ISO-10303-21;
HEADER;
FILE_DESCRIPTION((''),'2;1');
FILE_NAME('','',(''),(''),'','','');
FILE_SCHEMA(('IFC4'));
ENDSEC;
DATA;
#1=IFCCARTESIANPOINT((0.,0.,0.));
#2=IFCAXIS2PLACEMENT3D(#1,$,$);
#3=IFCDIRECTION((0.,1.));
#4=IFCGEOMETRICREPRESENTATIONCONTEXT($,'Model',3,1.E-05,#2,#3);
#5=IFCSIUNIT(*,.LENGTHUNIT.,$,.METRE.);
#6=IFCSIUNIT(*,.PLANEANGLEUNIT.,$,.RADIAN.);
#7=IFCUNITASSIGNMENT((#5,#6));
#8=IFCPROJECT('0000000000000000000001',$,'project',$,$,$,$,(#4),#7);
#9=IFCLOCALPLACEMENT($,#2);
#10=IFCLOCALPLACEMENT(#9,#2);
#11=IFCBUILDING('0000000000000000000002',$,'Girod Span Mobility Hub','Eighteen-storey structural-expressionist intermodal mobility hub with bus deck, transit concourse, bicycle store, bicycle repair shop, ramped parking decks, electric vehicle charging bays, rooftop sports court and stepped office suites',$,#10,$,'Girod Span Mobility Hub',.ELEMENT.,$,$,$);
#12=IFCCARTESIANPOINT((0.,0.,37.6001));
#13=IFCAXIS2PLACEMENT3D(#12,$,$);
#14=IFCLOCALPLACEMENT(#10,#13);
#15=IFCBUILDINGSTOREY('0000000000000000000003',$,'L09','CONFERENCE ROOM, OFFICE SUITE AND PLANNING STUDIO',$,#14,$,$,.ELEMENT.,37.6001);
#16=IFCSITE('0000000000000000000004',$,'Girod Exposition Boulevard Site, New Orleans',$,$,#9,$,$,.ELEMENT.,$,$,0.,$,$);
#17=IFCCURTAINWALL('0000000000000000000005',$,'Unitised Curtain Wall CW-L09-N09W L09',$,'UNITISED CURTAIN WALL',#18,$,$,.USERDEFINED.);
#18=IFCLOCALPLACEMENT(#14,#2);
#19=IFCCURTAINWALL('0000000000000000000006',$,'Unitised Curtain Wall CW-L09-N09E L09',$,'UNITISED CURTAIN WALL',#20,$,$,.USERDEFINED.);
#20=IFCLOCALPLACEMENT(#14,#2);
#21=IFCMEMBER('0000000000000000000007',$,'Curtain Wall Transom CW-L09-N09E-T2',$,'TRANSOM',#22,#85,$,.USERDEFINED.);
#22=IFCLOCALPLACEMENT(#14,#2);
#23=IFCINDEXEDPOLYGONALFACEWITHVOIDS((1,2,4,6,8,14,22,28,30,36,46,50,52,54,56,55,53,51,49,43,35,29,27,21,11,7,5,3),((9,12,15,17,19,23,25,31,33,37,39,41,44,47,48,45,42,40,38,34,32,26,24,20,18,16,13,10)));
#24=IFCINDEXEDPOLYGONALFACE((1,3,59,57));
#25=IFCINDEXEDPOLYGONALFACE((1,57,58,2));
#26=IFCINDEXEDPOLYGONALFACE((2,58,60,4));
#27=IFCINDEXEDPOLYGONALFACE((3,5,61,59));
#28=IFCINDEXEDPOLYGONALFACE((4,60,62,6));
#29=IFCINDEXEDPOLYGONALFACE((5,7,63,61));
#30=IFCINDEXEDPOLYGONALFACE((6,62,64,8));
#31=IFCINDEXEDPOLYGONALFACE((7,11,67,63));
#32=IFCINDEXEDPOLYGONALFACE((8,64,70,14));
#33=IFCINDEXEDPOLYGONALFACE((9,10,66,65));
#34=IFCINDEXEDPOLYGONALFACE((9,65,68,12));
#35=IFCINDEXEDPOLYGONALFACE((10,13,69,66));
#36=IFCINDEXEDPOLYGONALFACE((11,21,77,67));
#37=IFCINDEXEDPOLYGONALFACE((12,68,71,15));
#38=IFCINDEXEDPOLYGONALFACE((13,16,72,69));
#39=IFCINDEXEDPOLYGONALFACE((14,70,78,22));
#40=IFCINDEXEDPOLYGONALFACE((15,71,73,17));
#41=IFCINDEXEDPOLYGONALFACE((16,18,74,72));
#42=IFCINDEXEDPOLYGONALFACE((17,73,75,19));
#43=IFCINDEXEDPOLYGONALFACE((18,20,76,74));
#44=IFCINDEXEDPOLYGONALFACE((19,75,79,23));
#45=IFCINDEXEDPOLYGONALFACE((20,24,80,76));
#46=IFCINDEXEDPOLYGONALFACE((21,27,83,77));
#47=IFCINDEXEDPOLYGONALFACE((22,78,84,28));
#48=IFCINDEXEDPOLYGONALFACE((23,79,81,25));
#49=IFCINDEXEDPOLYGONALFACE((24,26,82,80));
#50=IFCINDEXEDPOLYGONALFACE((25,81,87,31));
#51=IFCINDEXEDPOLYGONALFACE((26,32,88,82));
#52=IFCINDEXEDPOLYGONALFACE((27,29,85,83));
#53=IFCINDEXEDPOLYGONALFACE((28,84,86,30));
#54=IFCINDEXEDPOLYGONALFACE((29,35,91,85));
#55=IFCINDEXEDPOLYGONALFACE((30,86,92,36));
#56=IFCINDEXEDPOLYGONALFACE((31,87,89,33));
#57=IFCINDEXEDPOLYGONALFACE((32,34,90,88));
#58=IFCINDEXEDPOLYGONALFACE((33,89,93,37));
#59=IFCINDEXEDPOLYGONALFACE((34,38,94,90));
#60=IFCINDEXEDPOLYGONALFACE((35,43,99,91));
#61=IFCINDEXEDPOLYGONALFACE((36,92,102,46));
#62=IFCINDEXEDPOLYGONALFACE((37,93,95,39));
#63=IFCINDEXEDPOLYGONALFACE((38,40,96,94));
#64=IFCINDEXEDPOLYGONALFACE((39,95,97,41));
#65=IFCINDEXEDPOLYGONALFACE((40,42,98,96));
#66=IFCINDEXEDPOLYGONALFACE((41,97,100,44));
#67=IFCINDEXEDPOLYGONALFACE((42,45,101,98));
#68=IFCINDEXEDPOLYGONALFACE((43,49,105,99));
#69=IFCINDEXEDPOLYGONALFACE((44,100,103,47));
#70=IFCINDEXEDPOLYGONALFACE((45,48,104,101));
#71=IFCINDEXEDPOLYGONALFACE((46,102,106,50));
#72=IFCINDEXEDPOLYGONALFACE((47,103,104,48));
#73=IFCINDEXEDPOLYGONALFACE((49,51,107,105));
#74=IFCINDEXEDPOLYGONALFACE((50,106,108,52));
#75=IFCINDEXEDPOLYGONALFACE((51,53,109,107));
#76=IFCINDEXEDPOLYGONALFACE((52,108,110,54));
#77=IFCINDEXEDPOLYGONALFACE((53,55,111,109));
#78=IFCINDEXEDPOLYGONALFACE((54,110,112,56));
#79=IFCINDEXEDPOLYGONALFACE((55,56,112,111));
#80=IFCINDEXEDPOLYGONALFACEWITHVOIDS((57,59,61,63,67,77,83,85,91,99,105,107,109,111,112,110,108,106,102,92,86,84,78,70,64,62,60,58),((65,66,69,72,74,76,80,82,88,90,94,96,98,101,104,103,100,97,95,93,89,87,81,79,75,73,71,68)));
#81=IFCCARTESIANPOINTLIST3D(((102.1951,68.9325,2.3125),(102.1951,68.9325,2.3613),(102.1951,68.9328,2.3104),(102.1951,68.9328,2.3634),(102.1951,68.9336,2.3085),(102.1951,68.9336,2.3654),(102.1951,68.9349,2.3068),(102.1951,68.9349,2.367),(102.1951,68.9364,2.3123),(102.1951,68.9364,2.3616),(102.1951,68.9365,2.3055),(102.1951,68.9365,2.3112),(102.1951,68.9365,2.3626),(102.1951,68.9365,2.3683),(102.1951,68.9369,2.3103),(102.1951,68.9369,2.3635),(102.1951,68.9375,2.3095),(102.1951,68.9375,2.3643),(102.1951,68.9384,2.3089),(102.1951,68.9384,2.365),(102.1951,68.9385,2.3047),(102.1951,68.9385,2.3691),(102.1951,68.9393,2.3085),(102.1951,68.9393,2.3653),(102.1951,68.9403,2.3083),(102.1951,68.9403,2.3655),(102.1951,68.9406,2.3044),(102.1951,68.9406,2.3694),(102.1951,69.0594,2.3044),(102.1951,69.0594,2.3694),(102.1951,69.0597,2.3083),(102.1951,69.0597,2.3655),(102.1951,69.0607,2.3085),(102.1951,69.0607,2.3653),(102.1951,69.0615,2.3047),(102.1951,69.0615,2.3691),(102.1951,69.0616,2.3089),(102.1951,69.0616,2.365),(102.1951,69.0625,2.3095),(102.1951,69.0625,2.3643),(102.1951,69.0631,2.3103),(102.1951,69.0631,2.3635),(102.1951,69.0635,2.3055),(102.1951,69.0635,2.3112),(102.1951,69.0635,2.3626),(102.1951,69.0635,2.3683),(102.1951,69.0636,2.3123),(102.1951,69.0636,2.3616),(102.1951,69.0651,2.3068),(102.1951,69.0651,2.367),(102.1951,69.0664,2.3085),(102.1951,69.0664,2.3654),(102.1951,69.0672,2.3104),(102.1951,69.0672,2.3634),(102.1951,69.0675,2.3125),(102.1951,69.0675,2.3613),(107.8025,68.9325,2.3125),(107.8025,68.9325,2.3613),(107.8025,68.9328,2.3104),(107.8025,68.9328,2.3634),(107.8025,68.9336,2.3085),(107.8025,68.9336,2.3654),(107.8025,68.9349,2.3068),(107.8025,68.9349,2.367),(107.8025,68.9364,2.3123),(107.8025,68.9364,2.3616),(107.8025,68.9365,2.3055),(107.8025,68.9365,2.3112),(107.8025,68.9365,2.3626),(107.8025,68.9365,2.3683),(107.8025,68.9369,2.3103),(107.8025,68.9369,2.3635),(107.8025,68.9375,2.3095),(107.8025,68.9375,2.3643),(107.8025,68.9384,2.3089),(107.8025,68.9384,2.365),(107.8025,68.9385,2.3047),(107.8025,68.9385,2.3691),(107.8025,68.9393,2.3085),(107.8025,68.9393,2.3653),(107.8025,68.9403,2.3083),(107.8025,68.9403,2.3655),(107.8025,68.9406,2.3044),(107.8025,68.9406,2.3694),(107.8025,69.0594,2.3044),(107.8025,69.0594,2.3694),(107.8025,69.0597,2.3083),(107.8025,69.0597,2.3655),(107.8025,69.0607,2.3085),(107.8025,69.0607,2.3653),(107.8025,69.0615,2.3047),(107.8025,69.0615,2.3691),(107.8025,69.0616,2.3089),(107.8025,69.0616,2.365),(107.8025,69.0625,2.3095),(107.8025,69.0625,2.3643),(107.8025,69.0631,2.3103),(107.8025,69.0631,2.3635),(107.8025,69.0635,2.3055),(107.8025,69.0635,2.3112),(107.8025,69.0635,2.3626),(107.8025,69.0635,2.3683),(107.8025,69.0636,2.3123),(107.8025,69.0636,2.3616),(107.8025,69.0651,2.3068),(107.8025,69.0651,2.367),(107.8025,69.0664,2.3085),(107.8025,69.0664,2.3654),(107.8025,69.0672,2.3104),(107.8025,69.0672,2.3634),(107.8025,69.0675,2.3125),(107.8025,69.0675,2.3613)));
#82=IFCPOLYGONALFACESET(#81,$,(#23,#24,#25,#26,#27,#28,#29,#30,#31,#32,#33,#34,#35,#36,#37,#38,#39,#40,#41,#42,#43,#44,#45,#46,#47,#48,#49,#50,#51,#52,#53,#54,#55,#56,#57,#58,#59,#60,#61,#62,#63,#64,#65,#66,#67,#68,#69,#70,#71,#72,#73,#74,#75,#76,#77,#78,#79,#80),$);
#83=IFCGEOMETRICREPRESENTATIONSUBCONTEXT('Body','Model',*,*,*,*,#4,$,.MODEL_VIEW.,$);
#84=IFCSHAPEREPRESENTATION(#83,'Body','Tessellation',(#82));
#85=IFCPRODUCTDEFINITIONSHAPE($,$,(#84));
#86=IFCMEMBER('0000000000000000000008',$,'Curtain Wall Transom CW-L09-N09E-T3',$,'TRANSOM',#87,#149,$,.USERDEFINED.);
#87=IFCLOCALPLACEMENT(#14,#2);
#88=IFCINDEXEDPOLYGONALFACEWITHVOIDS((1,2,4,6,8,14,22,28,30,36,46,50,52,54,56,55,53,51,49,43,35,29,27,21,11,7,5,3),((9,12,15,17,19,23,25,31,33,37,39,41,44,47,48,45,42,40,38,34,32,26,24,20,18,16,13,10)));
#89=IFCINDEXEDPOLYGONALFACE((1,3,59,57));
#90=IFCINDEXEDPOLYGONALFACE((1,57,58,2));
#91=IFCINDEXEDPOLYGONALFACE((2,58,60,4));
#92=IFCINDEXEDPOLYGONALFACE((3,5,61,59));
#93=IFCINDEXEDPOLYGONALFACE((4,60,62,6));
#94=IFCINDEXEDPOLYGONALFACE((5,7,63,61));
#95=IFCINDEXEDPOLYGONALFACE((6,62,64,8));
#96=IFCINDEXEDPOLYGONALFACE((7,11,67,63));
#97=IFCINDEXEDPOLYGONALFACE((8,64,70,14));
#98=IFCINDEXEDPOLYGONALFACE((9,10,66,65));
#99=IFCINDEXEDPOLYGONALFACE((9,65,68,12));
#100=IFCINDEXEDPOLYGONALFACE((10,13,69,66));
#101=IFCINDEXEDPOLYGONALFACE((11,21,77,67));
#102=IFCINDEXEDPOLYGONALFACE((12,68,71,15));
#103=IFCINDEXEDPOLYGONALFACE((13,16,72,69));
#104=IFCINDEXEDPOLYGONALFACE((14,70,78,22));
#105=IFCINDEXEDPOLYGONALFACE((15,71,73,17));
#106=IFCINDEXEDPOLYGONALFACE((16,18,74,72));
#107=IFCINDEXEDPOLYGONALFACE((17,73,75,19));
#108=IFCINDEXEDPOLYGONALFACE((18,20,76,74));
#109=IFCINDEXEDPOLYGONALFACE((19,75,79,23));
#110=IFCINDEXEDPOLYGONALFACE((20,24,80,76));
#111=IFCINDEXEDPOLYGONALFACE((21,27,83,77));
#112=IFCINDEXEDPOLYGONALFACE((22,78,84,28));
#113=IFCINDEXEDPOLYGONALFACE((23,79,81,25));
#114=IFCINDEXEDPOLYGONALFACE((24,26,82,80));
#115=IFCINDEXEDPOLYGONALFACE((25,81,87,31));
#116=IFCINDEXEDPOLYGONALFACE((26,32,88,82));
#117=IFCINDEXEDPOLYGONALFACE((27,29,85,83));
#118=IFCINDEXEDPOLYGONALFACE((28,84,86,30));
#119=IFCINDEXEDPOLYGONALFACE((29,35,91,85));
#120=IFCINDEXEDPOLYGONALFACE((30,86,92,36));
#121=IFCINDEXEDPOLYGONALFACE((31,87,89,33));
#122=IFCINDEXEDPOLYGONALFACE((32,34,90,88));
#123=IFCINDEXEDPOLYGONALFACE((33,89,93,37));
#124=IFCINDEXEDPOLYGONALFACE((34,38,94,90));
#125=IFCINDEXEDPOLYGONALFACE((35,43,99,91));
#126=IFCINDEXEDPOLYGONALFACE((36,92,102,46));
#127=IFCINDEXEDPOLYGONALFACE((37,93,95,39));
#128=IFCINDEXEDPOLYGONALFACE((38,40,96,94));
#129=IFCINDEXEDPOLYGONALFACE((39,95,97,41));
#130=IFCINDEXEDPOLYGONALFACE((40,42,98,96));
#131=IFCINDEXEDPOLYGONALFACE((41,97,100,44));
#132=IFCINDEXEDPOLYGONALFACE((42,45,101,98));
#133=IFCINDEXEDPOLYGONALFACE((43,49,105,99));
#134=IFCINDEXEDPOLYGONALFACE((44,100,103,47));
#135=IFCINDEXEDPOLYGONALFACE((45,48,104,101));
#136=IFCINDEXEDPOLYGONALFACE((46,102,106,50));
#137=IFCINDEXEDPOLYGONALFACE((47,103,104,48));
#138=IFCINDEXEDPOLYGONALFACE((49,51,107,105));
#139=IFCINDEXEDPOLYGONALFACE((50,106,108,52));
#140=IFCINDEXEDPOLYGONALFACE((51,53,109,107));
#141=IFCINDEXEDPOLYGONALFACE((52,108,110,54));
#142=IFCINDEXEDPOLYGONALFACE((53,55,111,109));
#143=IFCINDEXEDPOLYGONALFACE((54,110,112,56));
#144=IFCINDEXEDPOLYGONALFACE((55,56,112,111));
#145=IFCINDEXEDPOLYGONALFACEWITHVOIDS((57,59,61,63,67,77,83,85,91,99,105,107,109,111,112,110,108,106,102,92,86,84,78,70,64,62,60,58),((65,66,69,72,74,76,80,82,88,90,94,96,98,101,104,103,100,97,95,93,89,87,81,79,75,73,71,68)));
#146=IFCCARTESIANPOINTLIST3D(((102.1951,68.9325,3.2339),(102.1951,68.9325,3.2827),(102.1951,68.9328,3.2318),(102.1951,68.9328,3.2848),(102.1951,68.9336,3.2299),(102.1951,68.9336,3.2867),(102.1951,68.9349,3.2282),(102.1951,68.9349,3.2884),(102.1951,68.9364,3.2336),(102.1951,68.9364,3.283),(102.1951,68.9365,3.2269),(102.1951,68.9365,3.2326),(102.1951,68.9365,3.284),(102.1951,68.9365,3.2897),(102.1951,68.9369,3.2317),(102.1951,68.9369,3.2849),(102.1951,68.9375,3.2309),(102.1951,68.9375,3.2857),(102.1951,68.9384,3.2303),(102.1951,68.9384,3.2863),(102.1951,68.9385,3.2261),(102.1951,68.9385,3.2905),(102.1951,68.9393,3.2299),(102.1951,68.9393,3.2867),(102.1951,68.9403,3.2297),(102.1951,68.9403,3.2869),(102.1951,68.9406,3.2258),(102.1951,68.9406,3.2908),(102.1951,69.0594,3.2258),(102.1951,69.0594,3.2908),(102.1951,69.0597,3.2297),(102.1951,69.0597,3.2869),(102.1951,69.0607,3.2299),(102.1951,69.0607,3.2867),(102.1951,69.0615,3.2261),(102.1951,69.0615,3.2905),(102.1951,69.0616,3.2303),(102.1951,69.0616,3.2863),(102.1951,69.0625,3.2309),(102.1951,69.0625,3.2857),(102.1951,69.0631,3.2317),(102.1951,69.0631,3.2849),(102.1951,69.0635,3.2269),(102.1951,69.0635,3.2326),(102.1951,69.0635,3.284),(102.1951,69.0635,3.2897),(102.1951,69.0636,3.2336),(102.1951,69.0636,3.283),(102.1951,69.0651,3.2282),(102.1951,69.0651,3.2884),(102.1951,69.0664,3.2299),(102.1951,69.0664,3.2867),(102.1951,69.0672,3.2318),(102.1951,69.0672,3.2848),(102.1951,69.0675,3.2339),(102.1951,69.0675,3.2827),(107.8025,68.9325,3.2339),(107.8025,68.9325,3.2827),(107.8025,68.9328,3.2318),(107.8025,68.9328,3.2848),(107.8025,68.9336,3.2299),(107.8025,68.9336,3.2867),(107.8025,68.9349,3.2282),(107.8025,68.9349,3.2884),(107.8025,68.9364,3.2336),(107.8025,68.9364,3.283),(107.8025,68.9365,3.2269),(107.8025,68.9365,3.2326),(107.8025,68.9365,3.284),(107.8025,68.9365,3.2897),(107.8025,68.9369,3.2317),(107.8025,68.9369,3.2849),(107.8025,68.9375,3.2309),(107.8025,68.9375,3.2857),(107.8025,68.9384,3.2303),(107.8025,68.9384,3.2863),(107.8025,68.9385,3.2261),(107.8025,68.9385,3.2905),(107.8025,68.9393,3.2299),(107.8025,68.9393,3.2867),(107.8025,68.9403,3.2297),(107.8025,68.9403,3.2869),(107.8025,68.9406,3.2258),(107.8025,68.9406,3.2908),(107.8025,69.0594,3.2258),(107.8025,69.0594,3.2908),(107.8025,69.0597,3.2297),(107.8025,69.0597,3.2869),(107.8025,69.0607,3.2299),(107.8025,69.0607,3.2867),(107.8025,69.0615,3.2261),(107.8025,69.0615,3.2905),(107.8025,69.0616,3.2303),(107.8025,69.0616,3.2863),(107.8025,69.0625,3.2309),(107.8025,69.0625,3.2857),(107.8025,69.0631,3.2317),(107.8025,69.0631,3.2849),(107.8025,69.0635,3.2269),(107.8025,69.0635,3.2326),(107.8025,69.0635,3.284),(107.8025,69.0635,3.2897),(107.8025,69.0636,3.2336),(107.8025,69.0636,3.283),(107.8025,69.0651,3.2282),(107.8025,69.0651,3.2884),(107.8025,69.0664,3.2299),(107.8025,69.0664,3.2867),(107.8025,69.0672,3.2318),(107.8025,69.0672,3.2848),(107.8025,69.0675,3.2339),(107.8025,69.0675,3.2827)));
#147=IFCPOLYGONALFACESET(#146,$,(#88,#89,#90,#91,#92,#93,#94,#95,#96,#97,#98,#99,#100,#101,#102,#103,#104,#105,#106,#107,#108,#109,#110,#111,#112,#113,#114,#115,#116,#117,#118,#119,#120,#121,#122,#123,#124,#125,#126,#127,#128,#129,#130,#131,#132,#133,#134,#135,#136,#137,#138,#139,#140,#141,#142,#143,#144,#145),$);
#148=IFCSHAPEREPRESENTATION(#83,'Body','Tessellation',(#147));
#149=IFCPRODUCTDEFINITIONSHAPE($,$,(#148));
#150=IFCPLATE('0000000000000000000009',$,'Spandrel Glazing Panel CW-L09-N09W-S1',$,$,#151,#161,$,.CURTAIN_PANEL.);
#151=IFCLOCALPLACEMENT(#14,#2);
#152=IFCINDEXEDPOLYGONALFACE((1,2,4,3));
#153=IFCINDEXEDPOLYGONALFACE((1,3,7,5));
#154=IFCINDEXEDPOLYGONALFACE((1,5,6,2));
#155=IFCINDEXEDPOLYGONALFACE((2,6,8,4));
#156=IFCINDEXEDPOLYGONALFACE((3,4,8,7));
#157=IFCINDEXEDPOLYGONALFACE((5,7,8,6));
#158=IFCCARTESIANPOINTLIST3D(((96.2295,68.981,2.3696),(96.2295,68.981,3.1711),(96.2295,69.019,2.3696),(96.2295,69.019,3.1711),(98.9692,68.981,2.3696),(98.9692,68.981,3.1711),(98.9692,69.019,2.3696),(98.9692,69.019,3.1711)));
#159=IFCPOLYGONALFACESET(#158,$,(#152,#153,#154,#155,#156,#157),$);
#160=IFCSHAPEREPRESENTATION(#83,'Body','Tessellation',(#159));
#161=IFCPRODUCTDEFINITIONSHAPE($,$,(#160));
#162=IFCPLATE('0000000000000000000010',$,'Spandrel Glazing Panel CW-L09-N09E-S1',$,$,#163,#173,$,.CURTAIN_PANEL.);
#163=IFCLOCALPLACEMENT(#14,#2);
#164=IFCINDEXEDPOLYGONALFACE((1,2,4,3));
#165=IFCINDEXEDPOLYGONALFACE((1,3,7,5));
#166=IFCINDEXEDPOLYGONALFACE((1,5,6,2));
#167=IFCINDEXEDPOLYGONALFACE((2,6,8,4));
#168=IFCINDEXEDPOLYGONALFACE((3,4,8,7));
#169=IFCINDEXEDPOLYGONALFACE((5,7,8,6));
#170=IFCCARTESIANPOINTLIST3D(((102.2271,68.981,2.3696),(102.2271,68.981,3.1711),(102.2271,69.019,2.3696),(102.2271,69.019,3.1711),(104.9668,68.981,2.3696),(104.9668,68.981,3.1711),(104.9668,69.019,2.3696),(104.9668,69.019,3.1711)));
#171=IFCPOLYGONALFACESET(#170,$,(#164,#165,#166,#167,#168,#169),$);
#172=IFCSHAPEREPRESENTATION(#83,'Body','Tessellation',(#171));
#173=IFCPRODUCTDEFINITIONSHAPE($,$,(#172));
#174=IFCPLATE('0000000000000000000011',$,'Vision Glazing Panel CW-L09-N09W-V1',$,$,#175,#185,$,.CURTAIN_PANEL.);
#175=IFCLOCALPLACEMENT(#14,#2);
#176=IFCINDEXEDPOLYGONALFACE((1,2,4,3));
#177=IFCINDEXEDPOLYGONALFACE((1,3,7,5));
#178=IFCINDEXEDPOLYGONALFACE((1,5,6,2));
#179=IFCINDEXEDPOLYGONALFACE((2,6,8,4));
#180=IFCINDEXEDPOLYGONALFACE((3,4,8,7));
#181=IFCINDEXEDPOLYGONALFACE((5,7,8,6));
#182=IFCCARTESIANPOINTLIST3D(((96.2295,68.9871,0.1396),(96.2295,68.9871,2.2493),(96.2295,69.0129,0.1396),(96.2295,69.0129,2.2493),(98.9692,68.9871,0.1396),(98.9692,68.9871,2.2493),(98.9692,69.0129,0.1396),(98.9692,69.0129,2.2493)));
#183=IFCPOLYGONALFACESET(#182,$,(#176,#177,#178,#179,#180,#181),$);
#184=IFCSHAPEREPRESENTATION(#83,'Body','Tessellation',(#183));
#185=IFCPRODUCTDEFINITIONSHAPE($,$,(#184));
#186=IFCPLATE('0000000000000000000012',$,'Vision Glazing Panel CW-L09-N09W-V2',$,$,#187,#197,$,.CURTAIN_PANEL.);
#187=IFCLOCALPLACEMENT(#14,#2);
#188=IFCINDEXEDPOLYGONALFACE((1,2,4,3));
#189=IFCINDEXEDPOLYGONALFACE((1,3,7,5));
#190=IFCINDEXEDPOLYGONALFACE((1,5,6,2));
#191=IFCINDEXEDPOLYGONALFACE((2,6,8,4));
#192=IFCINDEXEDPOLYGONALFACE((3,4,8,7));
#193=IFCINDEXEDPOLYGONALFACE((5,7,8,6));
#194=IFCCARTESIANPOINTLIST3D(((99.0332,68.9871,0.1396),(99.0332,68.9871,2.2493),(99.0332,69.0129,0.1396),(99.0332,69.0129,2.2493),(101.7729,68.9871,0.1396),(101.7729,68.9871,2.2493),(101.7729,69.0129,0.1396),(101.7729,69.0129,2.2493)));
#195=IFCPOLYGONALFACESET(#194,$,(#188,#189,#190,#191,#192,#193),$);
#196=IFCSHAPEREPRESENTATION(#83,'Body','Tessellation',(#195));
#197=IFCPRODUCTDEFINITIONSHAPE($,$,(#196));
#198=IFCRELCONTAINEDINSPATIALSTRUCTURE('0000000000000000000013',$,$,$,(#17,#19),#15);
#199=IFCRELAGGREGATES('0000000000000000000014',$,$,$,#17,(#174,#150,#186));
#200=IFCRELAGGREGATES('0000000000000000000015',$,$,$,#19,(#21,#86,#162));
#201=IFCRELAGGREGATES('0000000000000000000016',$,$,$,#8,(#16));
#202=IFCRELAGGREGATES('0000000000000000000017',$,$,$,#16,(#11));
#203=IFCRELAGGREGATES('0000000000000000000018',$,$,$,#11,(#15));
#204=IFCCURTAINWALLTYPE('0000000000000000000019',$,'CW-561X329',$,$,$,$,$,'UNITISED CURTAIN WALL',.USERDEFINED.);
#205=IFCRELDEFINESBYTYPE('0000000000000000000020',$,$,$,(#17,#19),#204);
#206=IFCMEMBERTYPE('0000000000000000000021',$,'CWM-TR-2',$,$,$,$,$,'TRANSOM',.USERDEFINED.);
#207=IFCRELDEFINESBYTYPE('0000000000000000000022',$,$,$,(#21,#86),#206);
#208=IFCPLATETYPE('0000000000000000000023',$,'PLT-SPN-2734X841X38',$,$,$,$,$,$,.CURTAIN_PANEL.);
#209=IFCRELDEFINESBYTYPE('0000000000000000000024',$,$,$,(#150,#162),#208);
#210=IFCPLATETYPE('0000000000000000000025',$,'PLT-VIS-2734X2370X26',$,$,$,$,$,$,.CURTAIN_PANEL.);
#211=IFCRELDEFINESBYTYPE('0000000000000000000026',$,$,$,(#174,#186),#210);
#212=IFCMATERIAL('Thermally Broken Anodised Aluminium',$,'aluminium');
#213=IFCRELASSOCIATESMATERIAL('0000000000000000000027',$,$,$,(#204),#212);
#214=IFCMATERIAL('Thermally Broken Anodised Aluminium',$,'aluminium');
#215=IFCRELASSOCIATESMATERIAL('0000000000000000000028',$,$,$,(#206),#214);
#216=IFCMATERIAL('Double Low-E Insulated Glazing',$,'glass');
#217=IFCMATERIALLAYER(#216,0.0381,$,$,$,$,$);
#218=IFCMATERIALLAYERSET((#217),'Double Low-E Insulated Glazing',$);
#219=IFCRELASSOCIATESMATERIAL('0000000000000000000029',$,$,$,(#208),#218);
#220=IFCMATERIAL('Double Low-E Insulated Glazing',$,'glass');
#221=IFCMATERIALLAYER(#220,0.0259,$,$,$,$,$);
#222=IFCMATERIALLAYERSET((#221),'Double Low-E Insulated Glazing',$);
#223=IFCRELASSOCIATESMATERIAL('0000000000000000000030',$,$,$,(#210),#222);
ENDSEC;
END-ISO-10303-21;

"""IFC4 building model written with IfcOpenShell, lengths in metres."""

from ifc_helpers import new_model, si_unit, direction, frame, origin, origin_2d, place, context, subcontext, project, spatial, rectangle, hollow_rectangle, extrude, material, layer, layer_set, material_profile, profile_set, type_object, element, aggregate, save


model = new_model("IFC4")

# Units and contexts
model_context = context("Model", 3, precision=1e-05, world=origin(), true_north=direction((0.0, 1.0)))
body_context = subcontext(model_context, "Body", "Model", "MODEL_VIEW")
ifc_project = project(units=[si_unit("LENGTHUNIT", "METRE"), si_unit("PLANEANGLEUNIT", "RADIAN")], contexts=[model_context])

# Site, building, storey
site_placement = place(None, origin())
site = spatial("IfcSite", under=ifc_project, at=site_placement, Name="Girod Exposition Boulevard Site, New Orleans", CompositionType="ELEMENT", RefElevation=0.0)
building_placement = place(site_placement, origin())
building = spatial("IfcBuilding", under=site, at=building_placement, Name="Girod Span Mobility Hub", Description="Eighteen-storey structural-expressionist intermodal mobility hub with bus deck, transit concourse, bicycle store, bicycle repair shop, ramped parking decks, electric vehicle charging bays, rooftop sports court and stepped office suites", LongName="Girod Span Mobility Hub", CompositionType="ELEMENT")
storey_placement = place(building_placement, frame((0.0, 0.0, 37.6001)))
storey = spatial("IfcBuildingStorey", under=building, at=storey_placement, Name="L09", Description="CONFERENCE ROOM, OFFICE SUITE AND PLANNING STUDIO", CompositionType="ELEMENT", Elevation=37.6001)

# Curtain walls
ifc_material_1 = material(Name="Thermally Broken Anodised Aluminium", Category="aluminium")
curtain_wall_type = type_object("IfcCurtainWallType", Name="CW-561X329", ElementType="UNITISED CURTAIN WALL", PredefinedType="USERDEFINED", material=ifc_material_1)
curtain_wall_1_placement = place(storey_placement, origin())
curtain_wall_1 = element("IfcCurtainWall", 1, at=curtain_wall_1_placement, inside=storey, type_object=curtain_wall_type, Name="Unitised Curtain Wall CW-L09-N09W L09", ObjectType="UNITISED CURTAIN WALL", PredefinedType="USERDEFINED")
curtain_wall_2_placement = place(storey_placement, origin())
curtain_wall_2 = element("IfcCurtainWall", 2, at=curtain_wall_2_placement, inside=storey, type_object=curtain_wall_type, Name="Unitised Curtain Wall CW-L09-N09E L09", ObjectType="UNITISED CURTAIN WALL", PredefinedType="USERDEFINED")

# Members
ifc_material_2 = material(Name="Thermally Broken Anodised Aluminium", Category="aluminium")
ifc_material_profile_1 = material_profile(ifc_material_2, hollow_rectangle(XDim=0.135, YDim=0.0649, WallThickness=0.0039, InnerFilletRadius=0.0039, OuterFilletRadius=0.0081, at=origin_2d()), Name="CW-TR-65X135")
ifc_profile_set_1 = profile_set([ifc_material_profile_1], Name="Thermally Broken Anodised Aluminium")
member_type_1 = type_object("IfcMemberType", Name="CWM-TR-2", ElementType="TRANSOM", PredefinedType="USERDEFINED", material=ifc_profile_set_1)
member_1_placement = place(storey_placement, frame((102.1951, 69.0, 2.3369), z_axis=(1.0, 0.0, 0.0), x_axis=(0.0, 1.0, 0.0)))
member_1 = element("IfcMember", 3, at=member_1_placement, type_object=member_type_1, Name="Curtain Wall Transom CW-L09-N09E-T2", ObjectType="TRANSOM", PredefinedType="USERDEFINED", context=body_context, shape_type="SweptSolid", body=[
    extrude(hollow_rectangle(XDim=0.135, YDim=0.0649, WallThickness=0.0039, InnerFilletRadius=0.0039, OuterFilletRadius=0.0081, at=origin_2d()), origin(), (0.0, 0.0, 1.0), 5.6074),
])
member_2_placement = place(storey_placement, frame((102.1951, 69.0, 3.2583), z_axis=(1.0, 0.0, 0.0), x_axis=(0.0, 1.0, 0.0)))
member_2 = element("IfcMember", 4, at=member_2_placement, type_object=member_type_1, Name="Curtain Wall Transom CW-L09-N09E-T3", ObjectType="TRANSOM", PredefinedType="USERDEFINED", context=body_context, shape_type="SweptSolid", body=[
    extrude(hollow_rectangle(XDim=0.135, YDim=0.0649, WallThickness=0.0039, InnerFilletRadius=0.0039, OuterFilletRadius=0.0081, at=origin_2d()), origin(), (0.0, 0.0, 1.0), 5.6074),
])

# Plates
ifc_material_3 = material(Name="Double Low-E Insulated Glazing", Category="glass")
ifc_layer_1 = layer(ifc_material_3, 0.0381)
ifc_layer_set_1 = layer_set([ifc_layer_1], Name="Double Low-E Insulated Glazing")
plate_type_1 = type_object("IfcPlateType", Name="PLT-SPN-2734X841X38", PredefinedType="CURTAIN_PANEL", material=ifc_layer_set_1)
plate_1_placement = place(storey_placement, frame((97.5994, 69.0, 2.3696), z_axis=(0.0, 0.0, 1.0), x_axis=(1.0, 0.0, 0.0)))
plate_1 = element("IfcPlate", 5, at=plate_1_placement, type_object=plate_type_1, Name="Spandrel Glazing Panel CW-L09-N09W-S1", PredefinedType="CURTAIN_PANEL", context=body_context, shape_type="SweptSolid", body=[
    extrude(rectangle(XDim=2.7397, YDim=0.0381, at=origin_2d()), origin(), (0.0, 0.0, 1.0), 0.8015),
])
plate_2_placement = place(storey_placement, frame((103.5969, 69.0, 2.3696), z_axis=(0.0, 0.0, 1.0), x_axis=(1.0, 0.0, 0.0)))
plate_2 = element("IfcPlate", 6, at=plate_2_placement, type_object=plate_type_1, Name="Spandrel Glazing Panel CW-L09-N09E-S1", PredefinedType="CURTAIN_PANEL", context=body_context, shape_type="SweptSolid", body=[
    extrude(rectangle(XDim=2.7397, YDim=0.0381, at=origin_2d()), origin(), (0.0, 0.0, 1.0), 0.8015),
])
ifc_material_4 = material(Name="Double Low-E Insulated Glazing", Category="glass")
ifc_layer_2 = layer(ifc_material_4, 0.0259)
ifc_layer_set_2 = layer_set([ifc_layer_2], Name="Double Low-E Insulated Glazing")
plate_type_2 = type_object("IfcPlateType", Name="PLT-VIS-2734X2370X26", PredefinedType="CURTAIN_PANEL", material=ifc_layer_set_2)
plate_3_placement = place(storey_placement, frame((97.5994, 69.0, 0.1396), z_axis=(0.0, 0.0, 1.0), x_axis=(1.0, 0.0, 0.0)))
plate_3 = element("IfcPlate", 7, at=plate_3_placement, type_object=plate_type_2, Name="Vision Glazing Panel CW-L09-N09W-V1", PredefinedType="CURTAIN_PANEL", context=body_context, shape_type="SweptSolid", body=[
    extrude(rectangle(XDim=2.7397, YDim=0.0259, at=origin_2d()), origin(), (0.0, 0.0, 1.0), 2.1096),
])
plate_4_placement = place(storey_placement, frame((100.4031, 69.0, 0.1396), z_axis=(0.0, 0.0, 1.0), x_axis=(1.0, 0.0, 0.0)))
plate_4 = element("IfcPlate", 8, at=plate_4_placement, type_object=plate_type_2, Name="Vision Glazing Panel CW-L09-N09W-V2", PredefinedType="CURTAIN_PANEL", context=body_context, shape_type="SweptSolid", body=[
    extrude(rectangle(XDim=2.7397, YDim=0.0259, at=origin_2d()), origin(), (0.0, 0.0, 1.0), 2.1096),
])
aggregate(curtain_wall_1, [plate_3, plate_1, plate_4])
aggregate(curtain_wall_2, [member_1, member_2, plate_2])

save(model, "model.ifc")
